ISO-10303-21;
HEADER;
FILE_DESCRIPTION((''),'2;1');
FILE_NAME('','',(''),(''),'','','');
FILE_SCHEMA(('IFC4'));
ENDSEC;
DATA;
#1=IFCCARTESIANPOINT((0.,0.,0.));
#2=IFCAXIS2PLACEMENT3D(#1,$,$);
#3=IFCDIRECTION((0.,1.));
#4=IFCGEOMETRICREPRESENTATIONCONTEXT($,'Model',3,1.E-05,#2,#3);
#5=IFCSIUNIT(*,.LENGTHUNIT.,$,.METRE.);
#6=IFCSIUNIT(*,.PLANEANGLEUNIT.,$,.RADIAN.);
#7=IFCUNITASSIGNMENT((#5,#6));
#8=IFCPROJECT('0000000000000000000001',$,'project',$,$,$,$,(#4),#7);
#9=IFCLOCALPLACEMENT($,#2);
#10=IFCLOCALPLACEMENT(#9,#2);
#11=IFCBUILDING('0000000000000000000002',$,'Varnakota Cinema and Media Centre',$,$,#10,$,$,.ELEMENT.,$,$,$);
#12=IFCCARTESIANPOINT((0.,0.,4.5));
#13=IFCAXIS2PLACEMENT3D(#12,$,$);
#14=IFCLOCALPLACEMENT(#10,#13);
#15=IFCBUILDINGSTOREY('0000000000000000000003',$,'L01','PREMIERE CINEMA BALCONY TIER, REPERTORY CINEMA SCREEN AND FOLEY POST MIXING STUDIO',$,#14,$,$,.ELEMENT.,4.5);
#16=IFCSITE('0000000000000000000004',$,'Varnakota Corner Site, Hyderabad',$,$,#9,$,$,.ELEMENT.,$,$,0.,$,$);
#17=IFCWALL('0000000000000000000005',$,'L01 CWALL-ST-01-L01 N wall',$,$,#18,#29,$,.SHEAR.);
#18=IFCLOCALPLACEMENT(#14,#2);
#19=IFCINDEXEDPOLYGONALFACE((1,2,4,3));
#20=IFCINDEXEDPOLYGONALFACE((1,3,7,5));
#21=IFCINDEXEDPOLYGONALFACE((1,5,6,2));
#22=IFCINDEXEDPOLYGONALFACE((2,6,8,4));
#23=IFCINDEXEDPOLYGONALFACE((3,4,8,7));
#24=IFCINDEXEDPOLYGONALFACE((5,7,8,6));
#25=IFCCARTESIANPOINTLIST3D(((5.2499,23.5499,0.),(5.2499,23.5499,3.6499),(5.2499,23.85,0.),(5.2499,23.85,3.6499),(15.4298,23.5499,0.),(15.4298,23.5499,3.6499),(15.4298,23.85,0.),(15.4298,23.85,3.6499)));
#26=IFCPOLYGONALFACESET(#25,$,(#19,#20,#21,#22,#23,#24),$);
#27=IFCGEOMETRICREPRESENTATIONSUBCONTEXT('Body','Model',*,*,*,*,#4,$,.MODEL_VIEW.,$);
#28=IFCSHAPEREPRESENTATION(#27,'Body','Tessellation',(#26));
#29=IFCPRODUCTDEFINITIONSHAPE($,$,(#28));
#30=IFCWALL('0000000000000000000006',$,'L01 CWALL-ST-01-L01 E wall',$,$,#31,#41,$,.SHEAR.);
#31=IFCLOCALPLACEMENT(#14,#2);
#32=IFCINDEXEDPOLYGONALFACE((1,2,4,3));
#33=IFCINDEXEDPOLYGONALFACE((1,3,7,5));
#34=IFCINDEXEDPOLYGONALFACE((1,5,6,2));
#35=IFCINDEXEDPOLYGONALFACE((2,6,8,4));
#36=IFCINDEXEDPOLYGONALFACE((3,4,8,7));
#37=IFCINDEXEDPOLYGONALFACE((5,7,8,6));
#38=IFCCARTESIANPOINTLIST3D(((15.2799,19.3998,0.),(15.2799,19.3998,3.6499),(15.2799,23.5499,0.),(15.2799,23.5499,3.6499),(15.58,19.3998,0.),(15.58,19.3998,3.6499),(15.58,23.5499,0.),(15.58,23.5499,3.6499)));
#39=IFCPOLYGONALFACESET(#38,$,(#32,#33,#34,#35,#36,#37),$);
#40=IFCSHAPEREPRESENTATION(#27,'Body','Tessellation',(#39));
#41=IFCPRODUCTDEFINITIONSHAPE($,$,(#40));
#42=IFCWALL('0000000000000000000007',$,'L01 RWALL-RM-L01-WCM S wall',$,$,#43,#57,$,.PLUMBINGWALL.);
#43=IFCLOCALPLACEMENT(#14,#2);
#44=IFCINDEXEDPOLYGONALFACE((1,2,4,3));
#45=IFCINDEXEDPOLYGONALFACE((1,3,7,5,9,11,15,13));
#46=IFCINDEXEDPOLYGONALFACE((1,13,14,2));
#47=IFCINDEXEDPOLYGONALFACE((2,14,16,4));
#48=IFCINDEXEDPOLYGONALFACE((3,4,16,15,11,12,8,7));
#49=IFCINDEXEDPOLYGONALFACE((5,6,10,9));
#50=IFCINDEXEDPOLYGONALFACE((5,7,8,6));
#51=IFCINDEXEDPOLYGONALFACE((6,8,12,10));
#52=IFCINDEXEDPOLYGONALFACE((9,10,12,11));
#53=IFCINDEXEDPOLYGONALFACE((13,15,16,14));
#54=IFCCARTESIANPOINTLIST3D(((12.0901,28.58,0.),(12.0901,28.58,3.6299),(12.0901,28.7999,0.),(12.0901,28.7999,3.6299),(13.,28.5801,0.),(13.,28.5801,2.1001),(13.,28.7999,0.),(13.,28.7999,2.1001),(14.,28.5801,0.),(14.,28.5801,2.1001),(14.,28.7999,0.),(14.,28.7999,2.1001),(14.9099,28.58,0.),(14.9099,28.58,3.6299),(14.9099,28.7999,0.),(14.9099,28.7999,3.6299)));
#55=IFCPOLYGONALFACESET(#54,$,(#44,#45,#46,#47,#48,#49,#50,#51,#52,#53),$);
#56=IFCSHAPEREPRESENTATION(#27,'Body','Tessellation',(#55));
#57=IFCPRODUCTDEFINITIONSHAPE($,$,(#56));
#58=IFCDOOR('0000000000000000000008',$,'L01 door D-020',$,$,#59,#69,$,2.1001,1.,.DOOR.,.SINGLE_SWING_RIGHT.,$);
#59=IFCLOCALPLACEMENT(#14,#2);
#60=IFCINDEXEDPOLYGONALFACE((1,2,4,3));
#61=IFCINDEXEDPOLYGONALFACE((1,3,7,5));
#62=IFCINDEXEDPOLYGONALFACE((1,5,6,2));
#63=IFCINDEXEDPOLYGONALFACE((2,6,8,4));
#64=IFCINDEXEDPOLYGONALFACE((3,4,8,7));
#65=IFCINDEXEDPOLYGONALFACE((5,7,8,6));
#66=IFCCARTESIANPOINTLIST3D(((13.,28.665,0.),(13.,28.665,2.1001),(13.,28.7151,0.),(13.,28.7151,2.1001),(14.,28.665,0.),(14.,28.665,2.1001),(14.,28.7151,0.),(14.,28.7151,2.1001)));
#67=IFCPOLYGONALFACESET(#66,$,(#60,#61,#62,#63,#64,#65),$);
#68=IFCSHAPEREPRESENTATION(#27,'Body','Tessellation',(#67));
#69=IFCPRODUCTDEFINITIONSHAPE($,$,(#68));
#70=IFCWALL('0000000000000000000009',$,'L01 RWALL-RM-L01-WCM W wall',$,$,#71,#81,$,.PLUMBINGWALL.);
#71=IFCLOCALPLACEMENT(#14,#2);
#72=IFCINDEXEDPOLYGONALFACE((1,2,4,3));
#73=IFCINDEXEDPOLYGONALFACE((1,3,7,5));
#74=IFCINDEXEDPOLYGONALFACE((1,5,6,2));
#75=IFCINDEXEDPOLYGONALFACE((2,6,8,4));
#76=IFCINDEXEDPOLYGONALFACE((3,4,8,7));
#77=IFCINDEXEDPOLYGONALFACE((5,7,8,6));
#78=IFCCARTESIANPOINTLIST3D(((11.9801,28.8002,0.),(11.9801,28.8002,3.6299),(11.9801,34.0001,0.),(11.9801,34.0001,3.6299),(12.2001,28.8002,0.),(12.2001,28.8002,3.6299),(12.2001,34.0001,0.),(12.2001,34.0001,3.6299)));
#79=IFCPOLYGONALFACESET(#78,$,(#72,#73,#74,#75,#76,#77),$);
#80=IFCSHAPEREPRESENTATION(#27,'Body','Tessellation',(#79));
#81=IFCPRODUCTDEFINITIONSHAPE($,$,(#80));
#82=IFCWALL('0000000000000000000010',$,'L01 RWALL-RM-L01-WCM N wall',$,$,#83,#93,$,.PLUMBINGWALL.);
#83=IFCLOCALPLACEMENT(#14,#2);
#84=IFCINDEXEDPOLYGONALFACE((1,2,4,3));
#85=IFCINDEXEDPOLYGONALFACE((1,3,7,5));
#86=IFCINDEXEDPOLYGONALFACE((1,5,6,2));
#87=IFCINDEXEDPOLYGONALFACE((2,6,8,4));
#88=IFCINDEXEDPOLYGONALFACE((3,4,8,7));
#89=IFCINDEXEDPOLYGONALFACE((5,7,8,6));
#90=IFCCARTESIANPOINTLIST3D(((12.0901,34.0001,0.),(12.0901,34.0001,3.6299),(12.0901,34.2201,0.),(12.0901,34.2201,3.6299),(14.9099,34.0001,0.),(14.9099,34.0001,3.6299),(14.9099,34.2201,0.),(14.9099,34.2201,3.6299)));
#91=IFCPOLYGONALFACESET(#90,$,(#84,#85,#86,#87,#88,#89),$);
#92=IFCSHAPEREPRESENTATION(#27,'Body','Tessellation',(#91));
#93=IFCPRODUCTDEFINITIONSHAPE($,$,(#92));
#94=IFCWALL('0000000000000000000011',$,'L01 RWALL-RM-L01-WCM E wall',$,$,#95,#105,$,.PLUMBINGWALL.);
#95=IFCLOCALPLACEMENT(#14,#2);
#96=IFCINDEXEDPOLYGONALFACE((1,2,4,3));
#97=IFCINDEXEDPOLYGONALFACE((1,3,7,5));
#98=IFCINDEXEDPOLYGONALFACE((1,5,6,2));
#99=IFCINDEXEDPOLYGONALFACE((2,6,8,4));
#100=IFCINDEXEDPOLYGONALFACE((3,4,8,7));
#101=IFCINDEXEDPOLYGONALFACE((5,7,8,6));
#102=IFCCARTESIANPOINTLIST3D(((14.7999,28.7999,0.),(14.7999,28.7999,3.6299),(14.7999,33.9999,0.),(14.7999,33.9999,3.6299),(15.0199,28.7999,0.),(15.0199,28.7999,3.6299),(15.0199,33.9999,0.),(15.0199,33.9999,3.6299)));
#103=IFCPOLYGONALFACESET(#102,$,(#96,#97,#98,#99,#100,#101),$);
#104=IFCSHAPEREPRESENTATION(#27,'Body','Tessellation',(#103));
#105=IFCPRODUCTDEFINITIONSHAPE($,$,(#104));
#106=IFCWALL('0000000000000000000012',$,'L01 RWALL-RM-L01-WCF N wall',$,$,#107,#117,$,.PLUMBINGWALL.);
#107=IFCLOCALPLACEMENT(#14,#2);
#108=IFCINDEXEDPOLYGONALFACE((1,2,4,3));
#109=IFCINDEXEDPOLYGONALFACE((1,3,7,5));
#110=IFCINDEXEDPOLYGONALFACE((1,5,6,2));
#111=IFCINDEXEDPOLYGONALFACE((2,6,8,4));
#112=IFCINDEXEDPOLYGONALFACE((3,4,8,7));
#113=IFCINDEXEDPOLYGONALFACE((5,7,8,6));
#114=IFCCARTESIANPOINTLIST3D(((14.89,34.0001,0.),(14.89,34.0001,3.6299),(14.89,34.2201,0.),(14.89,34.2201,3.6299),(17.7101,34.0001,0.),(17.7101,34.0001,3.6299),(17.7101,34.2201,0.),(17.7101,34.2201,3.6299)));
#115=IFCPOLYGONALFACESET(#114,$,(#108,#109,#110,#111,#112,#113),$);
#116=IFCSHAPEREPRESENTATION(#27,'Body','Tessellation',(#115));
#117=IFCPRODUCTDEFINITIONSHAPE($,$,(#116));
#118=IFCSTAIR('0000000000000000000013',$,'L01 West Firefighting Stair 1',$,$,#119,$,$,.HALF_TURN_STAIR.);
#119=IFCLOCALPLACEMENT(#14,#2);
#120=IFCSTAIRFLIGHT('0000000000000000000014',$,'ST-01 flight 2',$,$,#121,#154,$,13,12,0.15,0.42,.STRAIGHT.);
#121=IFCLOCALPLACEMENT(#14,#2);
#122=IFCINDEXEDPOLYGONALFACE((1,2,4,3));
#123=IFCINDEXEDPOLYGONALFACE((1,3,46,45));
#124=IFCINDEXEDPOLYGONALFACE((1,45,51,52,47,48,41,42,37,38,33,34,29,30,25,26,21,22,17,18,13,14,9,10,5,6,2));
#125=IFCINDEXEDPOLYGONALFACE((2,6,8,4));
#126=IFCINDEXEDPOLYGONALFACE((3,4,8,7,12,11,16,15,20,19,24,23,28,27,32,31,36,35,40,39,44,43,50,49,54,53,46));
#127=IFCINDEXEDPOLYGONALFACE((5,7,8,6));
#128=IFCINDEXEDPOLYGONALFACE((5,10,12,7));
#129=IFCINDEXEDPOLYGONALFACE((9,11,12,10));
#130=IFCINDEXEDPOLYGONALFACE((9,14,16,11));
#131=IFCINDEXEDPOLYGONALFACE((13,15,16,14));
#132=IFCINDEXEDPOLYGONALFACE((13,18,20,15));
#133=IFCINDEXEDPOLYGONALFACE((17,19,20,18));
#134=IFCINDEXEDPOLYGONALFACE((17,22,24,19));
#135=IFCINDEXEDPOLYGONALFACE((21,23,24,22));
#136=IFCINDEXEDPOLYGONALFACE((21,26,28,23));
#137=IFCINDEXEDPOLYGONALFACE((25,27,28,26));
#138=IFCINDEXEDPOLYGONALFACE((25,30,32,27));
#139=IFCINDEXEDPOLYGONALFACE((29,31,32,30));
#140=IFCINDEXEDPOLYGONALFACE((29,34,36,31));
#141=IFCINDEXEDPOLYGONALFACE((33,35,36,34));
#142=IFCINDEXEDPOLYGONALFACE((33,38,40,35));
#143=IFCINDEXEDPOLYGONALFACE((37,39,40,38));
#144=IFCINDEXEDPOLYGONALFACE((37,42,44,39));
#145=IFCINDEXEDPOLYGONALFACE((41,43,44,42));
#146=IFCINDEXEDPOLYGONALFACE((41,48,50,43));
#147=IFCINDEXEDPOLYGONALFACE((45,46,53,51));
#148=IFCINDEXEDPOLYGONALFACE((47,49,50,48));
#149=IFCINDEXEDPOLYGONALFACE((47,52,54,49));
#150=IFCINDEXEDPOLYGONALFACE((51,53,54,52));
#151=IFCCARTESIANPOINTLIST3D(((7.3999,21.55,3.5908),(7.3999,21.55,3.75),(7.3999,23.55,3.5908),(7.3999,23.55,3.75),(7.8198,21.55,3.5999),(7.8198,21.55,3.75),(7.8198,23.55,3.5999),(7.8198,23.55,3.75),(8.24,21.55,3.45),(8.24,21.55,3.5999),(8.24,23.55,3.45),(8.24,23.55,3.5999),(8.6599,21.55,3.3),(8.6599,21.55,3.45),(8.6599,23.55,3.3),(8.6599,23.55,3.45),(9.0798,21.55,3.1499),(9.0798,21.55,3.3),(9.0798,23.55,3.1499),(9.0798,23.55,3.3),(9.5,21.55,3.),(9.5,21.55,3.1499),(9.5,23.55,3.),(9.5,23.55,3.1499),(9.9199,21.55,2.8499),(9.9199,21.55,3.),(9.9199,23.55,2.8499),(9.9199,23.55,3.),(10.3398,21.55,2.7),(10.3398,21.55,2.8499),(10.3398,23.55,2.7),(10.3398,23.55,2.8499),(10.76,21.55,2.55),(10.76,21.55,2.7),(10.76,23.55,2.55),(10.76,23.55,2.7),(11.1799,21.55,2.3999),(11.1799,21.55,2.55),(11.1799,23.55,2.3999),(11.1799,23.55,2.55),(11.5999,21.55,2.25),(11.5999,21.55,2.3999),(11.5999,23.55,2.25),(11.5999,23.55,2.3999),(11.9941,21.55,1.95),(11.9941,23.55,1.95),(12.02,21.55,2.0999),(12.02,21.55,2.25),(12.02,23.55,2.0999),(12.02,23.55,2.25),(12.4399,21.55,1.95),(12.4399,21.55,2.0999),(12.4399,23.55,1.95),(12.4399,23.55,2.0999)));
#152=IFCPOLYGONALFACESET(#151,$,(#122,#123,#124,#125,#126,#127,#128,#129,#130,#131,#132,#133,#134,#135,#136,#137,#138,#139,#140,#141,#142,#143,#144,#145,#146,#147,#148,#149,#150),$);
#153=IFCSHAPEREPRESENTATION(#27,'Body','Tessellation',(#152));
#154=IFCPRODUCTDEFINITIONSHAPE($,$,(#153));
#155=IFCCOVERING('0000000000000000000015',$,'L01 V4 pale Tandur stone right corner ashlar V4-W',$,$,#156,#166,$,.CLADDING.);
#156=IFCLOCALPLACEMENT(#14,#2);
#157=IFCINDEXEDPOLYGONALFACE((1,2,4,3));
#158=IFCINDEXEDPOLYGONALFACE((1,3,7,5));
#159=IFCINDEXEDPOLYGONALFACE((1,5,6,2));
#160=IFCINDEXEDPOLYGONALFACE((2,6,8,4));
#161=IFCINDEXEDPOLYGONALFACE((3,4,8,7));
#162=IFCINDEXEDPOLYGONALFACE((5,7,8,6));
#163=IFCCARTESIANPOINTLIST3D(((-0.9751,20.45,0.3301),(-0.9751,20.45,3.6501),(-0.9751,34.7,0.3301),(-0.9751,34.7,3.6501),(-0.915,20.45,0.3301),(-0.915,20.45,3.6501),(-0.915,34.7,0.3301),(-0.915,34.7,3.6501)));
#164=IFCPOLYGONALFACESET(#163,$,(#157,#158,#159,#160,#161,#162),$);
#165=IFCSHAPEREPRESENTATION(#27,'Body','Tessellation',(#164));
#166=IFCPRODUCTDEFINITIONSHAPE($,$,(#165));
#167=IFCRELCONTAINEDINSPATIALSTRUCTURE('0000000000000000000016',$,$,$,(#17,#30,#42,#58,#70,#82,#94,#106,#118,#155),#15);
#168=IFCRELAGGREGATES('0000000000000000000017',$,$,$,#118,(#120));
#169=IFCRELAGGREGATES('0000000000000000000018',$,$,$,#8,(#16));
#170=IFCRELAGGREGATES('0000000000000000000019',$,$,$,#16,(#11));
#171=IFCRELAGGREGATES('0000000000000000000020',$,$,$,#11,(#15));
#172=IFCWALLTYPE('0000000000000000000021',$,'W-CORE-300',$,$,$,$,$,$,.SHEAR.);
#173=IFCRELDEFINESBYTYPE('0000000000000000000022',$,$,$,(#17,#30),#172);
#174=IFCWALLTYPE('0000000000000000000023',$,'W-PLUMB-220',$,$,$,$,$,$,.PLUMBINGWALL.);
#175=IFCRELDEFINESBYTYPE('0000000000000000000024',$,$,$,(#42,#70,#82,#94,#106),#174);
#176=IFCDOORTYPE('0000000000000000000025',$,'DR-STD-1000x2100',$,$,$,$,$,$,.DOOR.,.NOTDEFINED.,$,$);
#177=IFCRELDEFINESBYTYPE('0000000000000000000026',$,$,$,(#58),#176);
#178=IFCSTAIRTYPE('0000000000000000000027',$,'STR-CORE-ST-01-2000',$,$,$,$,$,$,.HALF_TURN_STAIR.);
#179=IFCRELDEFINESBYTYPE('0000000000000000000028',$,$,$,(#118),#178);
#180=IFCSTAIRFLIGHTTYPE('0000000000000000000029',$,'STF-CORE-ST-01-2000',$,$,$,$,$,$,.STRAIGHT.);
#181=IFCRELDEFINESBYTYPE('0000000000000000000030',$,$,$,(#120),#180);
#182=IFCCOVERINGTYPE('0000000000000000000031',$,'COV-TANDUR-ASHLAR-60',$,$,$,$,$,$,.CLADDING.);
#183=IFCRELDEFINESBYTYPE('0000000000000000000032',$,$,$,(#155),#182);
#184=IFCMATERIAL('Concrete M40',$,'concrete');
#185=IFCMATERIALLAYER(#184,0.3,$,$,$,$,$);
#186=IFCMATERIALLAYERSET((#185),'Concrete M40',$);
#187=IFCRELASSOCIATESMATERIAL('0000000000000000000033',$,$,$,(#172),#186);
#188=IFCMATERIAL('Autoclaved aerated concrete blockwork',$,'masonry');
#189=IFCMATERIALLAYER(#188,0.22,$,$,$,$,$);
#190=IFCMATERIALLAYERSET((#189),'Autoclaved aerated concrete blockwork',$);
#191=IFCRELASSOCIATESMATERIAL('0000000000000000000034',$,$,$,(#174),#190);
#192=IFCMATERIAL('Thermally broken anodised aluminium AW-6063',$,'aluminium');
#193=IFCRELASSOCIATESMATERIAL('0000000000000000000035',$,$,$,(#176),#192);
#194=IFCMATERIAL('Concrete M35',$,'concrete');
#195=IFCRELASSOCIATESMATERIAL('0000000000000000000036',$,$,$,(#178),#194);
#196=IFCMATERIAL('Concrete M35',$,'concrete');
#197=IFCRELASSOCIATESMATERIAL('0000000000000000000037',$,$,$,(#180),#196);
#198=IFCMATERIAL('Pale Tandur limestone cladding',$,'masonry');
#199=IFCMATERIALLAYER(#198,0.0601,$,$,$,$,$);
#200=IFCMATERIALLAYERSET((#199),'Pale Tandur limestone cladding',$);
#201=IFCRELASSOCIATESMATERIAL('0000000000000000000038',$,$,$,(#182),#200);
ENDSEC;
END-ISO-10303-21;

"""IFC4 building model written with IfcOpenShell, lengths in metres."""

from ifc_helpers import new_model, si_unit, direction, frame, frame_2d, origin, origin_2d, place, context, subcontext, project, spatial, polyline, rectangle, outline, extrude, material, layer, layer_set, type_object, element, fill, aggregate, save


model = new_model("IFC4")

# Units and contexts
model_context = context("Model", 3, precision=1e-05, world=origin(), true_north=direction((0.0, 1.0)))
body_context = subcontext(model_context, "Body", "Model", "MODEL_VIEW")
ifc_project = project(units=[si_unit("LENGTHUNIT", "METRE"), si_unit("PLANEANGLEUNIT", "RADIAN")], contexts=[model_context])

# Site, building, storey
site_placement = place(None, origin())
site = spatial("IfcSite", under=ifc_project, at=site_placement, Name="Varnakota Corner Site, Hyderabad", CompositionType="ELEMENT", RefElevation=0.0)
building_placement = place(site_placement, origin())
building = spatial("IfcBuilding", under=site, at=building_placement, Name="Varnakota Cinema and Media Centre", CompositionType="ELEMENT")
storey_placement = place(building_placement, frame((0.0, 0.0, 4.5)))
storey = spatial("IfcBuildingStorey", under=building, at=storey_placement, Name="L01", Description="PREMIERE CINEMA BALCONY TIER, REPERTORY CINEMA SCREEN AND FOLEY POST MIXING STUDIO", CompositionType="ELEMENT", Elevation=4.5)

# Walls
ifc_material_1 = material(Name="Concrete M40", Category="concrete")
ifc_layer_1 = layer(ifc_material_1, 0.3)
ifc_layer_set_1 = layer_set([ifc_layer_1], Name="Concrete M40")
wall_type_1 = type_object("IfcWallType", Name="W-CORE-300", PredefinedType="SHEAR", material=ifc_layer_set_1)
wall_1_placement = place(storey_placement, frame((5.25, 23.7, 0.0), z_axis=(0.0, 0.0, 1.0), x_axis=(1.0, 0.0, 0.0)))
element("IfcWall", 1, at=wall_1_placement, inside=storey, type_object=wall_type_1, Name="L01 CWALL-ST-01-L01 N wall", PredefinedType="SHEAR", context=body_context, shape_type="SweptSolid", body=[
    extrude(rectangle(XDim=10.1799, YDim=0.3, at=frame_2d((5.0898, 0.0))), origin(), (0.0, 0.0, 1.0), 3.6499),
])
wall_2_placement = place(storey_placement, frame((15.4299, 23.55, 0.0), z_axis=(0.0, 0.0, 1.0), x_axis=(0.0, -1.0, 0.0)))
element("IfcWall", 2, at=wall_2_placement, inside=storey, type_object=wall_type_1, Name="L01 CWALL-ST-01-L01 E wall", PredefinedType="SHEAR", context=body_context, shape_type="SweptSolid", body=[
    extrude(rectangle(XDim=4.1501, YDim=0.3, at=frame_2d((2.0752, 0.0))), origin(), (0.0, 0.0, 1.0), 3.6499),
])

# Wall, opening, door
ifc_material_2 = material(Name="Autoclaved aerated concrete blockwork", Category="masonry")
ifc_layer_2 = layer(ifc_material_2, 0.22)
ifc_layer_set_2 = layer_set([ifc_layer_2], Name="Autoclaved aerated concrete blockwork")
wall_type_2 = type_object("IfcWallType", Name="W-PLUMB-220", PredefinedType="PLUMBINGWALL", material=ifc_layer_set_2)
wall_3_placement = place(storey_placement, frame((14.9099, 28.6899, 0.0), z_axis=(0.0, 0.0, 1.0), x_axis=(-1.0, 0.0, 0.0)))
wall_3 = element("IfcWall", 3, at=wall_3_placement, inside=storey, type_object=wall_type_2, Name="L01 RWALL-RM-L01-WCM S wall", PredefinedType="PLUMBINGWALL", context=body_context, shape_type="SweptSolid", body=[
    extrude(rectangle(XDim=2.8198, YDim=0.22, at=frame_2d((1.4099, 0.0))), origin(), (0.0, 0.0, 1.0), 3.6299),
])
opening_1_placement = place(wall_3_placement, frame((0.9099, 0.0, 0.0)))
opening_1 = element("IfcOpeningElement", 4, at=opening_1_placement, cuts=wall_3, PredefinedType="OPENING", context=body_context, shape_type="SweptSolid", body=[
    extrude(rectangle(XDim=1.0, YDim=2.1001, at=frame_2d((0.5, 1.05))), frame((0.0, 0.1099, 0.0), z_axis=(0.0, -1.0, 0.0), x_axis=(1.0, 0.0, 0.0)), (0.0, 0.0, 1.0), 0.22),
])
ifc_material_3 = material(Name="Thermally broken anodised aluminium AW-6063", Category="aluminium")
door_type_1 = type_object("IfcDoorType", Name="DR-STD-1000x2100", OperationType="NOTDEFINED", PredefinedType="DOOR", material=ifc_material_3)
door_1_placement = place(opening_1_placement, origin())
door_1 = element("IfcDoor", 5, at=door_1_placement, inside=storey, type_object=door_type_1, Name="L01 door D-020", OperationType="SINGLE_SWING_RIGHT", OverallHeight=2.1001, OverallWidth=1.0, PredefinedType="DOOR", context=body_context, shape_type="SweptSolid", body=[
    extrude(rectangle(XDim=1.0, YDim=2.1001, at=frame_2d((0.5, 1.05))), frame((0.0, 0.0249, 0.0), z_axis=(0.0, -1.0, 0.0), x_axis=(1.0, 0.0, 0.0)), (0.0, 0.0, 1.0), 0.05),
])
fill(opening_1, door_1)

# Walls
wall_4_placement = place(storey_placement, frame((12.0901, 28.8, 0.0), z_axis=(0.0, 0.0, 1.0), x_axis=(0.0, 1.0, 0.0)))
element("IfcWall", 6, at=wall_4_placement, inside=storey, type_object=wall_type_2, Name="L01 RWALL-RM-L01-WCM W wall", PredefinedType="PLUMBINGWALL", context=body_context, shape_type="SweptSolid", body=[
    extrude(rectangle(XDim=5.2, YDim=0.22, at=frame_2d((2.6001, 0.0))), origin(), (0.0, 0.0, 1.0), 3.6299),
])
wall_5_placement = place(storey_placement, frame((12.0901, 34.1101, 0.0), z_axis=(0.0, 0.0, 1.0), x_axis=(1.0, 0.0, 0.0)))
element("IfcWall", 7, at=wall_5_placement, inside=storey, type_object=wall_type_2, Name="L01 RWALL-RM-L01-WCM N wall", PredefinedType="PLUMBINGWALL", context=body_context, shape_type="SweptSolid", body=[
    extrude(rectangle(XDim=2.8198, YDim=0.22, at=frame_2d((1.4099, 0.0))), origin(), (0.0, 0.0, 1.0), 3.6299),
])
wall_6_placement = place(storey_placement, frame((14.9099, 34.0, 0.0), z_axis=(0.0, 0.0, 1.0), x_axis=(0.0, -1.0, 0.0)))
element("IfcWall", 8, at=wall_6_placement, inside=storey, type_object=wall_type_2, Name="L01 RWALL-RM-L01-WCM E wall", PredefinedType="PLUMBINGWALL", context=body_context, shape_type="SweptSolid", body=[
    extrude(rectangle(XDim=5.2, YDim=0.22, at=frame_2d((2.6001, 0.0))), origin(), (0.0, 0.0, 1.0), 3.6299),
])
wall_7_placement = place(storey_placement, frame((14.8899, 34.1101, 0.0), z_axis=(0.0, 0.0, 1.0), x_axis=(1.0, 0.0, 0.0)))
element("IfcWall", 9, at=wall_7_placement, inside=storey, type_object=wall_type_2, Name="L01 RWALL-RM-L01-WCF N wall", PredefinedType="PLUMBINGWALL", context=body_context, shape_type="SweptSolid", body=[
    extrude(rectangle(XDim=2.8201, YDim=0.22, at=frame_2d((1.4102, 0.0))), origin(), (0.0, 0.0, 1.0), 3.6299),
])

# Stair, stair flight
ifc_material_4 = material(Name="Concrete M35", Category="concrete")
stair_type = type_object("IfcStairType", Name="STR-CORE-ST-01-2000", PredefinedType="HALF_TURN_STAIR", material=ifc_material_4)
stair_placement = place(storey_placement, origin())
stair = element("IfcStair", 10, at=stair_placement, inside=storey, type_object=stair_type, Name="L01 West Firefighting Stair 1", PredefinedType="HALF_TURN_STAIR")
ifc_material_5 = material(Name="Concrete M35", Category="concrete")
stair_flight_type = type_object("IfcStairFlightType", Name="STF-CORE-ST-01-2000", PredefinedType="STRAIGHT", material=ifc_material_5)
stair_flight_placement = place(storey_placement, frame((12.4399, 22.55, 1.95), z_axis=(0.0, 0.0, 1.0), x_axis=(-1.0, 0.0, 0.0)))
stair_flight = element("IfcStairFlight", 11, at=stair_flight_placement, type_object=stair_flight_type, Name="ST-01 flight 2", NumberOfRisers=13, NumberOfTreads=12, PredefinedType="STRAIGHT", RiserHeight=0.15, TreadLength=0.42, context=body_context, shape_type="SweptSolid", body=[
    extrude(outline(polyline([(0.0, 0.0), (0.0, 0.1499), (0.4199, 0.1499), (0.4199, 0.3), (0.8401, 0.3), (0.8401, 0.45), (1.26, 0.45), (1.26, 0.6001), (1.6799, 0.6001), (1.6799, 0.75), (2.1001, 0.75), (2.1001, 0.8999), (2.52, 0.8999), (2.52, 1.05), (2.9399, 1.05), (2.9399, 1.2), (3.3601, 1.2), (3.3601, 1.3501), (3.78, 1.3501), (3.78, 1.5), (4.2, 1.5), (4.2, 1.6499), (4.6201, 1.6499), (4.6201, 1.8), (5.04, 1.8), (5.04, 1.95), (5.04, 1.6409), (0.4458, 0.0), (0.0, 0.0)])), frame((0.0, 1.0, 0.0), z_axis=(0.0, -1.0, 0.0), x_axis=(1.0, 0.0, 0.0)), (0.0, 0.0, 1.0), 2.0),
])
aggregate(stair, [stair_flight])

# Covering
ifc_material_6 = material(Name="Pale Tandur limestone cladding", Category="masonry")
ifc_layer_3 = layer(ifc_material_6, 0.0601)
ifc_layer_set_3 = layer_set([ifc_layer_3], Name="Pale Tandur limestone cladding")
covering_type = type_object("IfcCoveringType", Name="COV-TANDUR-ASHLAR-60", PredefinedType="CLADDING", material=ifc_layer_set_3)
covering_placement = place(storey_placement, frame((-0.9451, 27.575, 0.3301), z_axis=(0.0, 0.0, 1.0), x_axis=(0.0, 1.0, 0.0)))
element("IfcCovering", 12, at=covering_placement, inside=storey, type_object=covering_type, Name="L01 V4 pale Tandur stone right corner ashlar V4-W", PredefinedType="CLADDING", context=body_context, shape_type="SweptSolid", body=[
    extrude(rectangle(XDim=14.25, YDim=0.0601, at=origin_2d()), origin(), (0.0, 0.0, 1.0), 3.3201),
])

save(model, "model.ifc")
